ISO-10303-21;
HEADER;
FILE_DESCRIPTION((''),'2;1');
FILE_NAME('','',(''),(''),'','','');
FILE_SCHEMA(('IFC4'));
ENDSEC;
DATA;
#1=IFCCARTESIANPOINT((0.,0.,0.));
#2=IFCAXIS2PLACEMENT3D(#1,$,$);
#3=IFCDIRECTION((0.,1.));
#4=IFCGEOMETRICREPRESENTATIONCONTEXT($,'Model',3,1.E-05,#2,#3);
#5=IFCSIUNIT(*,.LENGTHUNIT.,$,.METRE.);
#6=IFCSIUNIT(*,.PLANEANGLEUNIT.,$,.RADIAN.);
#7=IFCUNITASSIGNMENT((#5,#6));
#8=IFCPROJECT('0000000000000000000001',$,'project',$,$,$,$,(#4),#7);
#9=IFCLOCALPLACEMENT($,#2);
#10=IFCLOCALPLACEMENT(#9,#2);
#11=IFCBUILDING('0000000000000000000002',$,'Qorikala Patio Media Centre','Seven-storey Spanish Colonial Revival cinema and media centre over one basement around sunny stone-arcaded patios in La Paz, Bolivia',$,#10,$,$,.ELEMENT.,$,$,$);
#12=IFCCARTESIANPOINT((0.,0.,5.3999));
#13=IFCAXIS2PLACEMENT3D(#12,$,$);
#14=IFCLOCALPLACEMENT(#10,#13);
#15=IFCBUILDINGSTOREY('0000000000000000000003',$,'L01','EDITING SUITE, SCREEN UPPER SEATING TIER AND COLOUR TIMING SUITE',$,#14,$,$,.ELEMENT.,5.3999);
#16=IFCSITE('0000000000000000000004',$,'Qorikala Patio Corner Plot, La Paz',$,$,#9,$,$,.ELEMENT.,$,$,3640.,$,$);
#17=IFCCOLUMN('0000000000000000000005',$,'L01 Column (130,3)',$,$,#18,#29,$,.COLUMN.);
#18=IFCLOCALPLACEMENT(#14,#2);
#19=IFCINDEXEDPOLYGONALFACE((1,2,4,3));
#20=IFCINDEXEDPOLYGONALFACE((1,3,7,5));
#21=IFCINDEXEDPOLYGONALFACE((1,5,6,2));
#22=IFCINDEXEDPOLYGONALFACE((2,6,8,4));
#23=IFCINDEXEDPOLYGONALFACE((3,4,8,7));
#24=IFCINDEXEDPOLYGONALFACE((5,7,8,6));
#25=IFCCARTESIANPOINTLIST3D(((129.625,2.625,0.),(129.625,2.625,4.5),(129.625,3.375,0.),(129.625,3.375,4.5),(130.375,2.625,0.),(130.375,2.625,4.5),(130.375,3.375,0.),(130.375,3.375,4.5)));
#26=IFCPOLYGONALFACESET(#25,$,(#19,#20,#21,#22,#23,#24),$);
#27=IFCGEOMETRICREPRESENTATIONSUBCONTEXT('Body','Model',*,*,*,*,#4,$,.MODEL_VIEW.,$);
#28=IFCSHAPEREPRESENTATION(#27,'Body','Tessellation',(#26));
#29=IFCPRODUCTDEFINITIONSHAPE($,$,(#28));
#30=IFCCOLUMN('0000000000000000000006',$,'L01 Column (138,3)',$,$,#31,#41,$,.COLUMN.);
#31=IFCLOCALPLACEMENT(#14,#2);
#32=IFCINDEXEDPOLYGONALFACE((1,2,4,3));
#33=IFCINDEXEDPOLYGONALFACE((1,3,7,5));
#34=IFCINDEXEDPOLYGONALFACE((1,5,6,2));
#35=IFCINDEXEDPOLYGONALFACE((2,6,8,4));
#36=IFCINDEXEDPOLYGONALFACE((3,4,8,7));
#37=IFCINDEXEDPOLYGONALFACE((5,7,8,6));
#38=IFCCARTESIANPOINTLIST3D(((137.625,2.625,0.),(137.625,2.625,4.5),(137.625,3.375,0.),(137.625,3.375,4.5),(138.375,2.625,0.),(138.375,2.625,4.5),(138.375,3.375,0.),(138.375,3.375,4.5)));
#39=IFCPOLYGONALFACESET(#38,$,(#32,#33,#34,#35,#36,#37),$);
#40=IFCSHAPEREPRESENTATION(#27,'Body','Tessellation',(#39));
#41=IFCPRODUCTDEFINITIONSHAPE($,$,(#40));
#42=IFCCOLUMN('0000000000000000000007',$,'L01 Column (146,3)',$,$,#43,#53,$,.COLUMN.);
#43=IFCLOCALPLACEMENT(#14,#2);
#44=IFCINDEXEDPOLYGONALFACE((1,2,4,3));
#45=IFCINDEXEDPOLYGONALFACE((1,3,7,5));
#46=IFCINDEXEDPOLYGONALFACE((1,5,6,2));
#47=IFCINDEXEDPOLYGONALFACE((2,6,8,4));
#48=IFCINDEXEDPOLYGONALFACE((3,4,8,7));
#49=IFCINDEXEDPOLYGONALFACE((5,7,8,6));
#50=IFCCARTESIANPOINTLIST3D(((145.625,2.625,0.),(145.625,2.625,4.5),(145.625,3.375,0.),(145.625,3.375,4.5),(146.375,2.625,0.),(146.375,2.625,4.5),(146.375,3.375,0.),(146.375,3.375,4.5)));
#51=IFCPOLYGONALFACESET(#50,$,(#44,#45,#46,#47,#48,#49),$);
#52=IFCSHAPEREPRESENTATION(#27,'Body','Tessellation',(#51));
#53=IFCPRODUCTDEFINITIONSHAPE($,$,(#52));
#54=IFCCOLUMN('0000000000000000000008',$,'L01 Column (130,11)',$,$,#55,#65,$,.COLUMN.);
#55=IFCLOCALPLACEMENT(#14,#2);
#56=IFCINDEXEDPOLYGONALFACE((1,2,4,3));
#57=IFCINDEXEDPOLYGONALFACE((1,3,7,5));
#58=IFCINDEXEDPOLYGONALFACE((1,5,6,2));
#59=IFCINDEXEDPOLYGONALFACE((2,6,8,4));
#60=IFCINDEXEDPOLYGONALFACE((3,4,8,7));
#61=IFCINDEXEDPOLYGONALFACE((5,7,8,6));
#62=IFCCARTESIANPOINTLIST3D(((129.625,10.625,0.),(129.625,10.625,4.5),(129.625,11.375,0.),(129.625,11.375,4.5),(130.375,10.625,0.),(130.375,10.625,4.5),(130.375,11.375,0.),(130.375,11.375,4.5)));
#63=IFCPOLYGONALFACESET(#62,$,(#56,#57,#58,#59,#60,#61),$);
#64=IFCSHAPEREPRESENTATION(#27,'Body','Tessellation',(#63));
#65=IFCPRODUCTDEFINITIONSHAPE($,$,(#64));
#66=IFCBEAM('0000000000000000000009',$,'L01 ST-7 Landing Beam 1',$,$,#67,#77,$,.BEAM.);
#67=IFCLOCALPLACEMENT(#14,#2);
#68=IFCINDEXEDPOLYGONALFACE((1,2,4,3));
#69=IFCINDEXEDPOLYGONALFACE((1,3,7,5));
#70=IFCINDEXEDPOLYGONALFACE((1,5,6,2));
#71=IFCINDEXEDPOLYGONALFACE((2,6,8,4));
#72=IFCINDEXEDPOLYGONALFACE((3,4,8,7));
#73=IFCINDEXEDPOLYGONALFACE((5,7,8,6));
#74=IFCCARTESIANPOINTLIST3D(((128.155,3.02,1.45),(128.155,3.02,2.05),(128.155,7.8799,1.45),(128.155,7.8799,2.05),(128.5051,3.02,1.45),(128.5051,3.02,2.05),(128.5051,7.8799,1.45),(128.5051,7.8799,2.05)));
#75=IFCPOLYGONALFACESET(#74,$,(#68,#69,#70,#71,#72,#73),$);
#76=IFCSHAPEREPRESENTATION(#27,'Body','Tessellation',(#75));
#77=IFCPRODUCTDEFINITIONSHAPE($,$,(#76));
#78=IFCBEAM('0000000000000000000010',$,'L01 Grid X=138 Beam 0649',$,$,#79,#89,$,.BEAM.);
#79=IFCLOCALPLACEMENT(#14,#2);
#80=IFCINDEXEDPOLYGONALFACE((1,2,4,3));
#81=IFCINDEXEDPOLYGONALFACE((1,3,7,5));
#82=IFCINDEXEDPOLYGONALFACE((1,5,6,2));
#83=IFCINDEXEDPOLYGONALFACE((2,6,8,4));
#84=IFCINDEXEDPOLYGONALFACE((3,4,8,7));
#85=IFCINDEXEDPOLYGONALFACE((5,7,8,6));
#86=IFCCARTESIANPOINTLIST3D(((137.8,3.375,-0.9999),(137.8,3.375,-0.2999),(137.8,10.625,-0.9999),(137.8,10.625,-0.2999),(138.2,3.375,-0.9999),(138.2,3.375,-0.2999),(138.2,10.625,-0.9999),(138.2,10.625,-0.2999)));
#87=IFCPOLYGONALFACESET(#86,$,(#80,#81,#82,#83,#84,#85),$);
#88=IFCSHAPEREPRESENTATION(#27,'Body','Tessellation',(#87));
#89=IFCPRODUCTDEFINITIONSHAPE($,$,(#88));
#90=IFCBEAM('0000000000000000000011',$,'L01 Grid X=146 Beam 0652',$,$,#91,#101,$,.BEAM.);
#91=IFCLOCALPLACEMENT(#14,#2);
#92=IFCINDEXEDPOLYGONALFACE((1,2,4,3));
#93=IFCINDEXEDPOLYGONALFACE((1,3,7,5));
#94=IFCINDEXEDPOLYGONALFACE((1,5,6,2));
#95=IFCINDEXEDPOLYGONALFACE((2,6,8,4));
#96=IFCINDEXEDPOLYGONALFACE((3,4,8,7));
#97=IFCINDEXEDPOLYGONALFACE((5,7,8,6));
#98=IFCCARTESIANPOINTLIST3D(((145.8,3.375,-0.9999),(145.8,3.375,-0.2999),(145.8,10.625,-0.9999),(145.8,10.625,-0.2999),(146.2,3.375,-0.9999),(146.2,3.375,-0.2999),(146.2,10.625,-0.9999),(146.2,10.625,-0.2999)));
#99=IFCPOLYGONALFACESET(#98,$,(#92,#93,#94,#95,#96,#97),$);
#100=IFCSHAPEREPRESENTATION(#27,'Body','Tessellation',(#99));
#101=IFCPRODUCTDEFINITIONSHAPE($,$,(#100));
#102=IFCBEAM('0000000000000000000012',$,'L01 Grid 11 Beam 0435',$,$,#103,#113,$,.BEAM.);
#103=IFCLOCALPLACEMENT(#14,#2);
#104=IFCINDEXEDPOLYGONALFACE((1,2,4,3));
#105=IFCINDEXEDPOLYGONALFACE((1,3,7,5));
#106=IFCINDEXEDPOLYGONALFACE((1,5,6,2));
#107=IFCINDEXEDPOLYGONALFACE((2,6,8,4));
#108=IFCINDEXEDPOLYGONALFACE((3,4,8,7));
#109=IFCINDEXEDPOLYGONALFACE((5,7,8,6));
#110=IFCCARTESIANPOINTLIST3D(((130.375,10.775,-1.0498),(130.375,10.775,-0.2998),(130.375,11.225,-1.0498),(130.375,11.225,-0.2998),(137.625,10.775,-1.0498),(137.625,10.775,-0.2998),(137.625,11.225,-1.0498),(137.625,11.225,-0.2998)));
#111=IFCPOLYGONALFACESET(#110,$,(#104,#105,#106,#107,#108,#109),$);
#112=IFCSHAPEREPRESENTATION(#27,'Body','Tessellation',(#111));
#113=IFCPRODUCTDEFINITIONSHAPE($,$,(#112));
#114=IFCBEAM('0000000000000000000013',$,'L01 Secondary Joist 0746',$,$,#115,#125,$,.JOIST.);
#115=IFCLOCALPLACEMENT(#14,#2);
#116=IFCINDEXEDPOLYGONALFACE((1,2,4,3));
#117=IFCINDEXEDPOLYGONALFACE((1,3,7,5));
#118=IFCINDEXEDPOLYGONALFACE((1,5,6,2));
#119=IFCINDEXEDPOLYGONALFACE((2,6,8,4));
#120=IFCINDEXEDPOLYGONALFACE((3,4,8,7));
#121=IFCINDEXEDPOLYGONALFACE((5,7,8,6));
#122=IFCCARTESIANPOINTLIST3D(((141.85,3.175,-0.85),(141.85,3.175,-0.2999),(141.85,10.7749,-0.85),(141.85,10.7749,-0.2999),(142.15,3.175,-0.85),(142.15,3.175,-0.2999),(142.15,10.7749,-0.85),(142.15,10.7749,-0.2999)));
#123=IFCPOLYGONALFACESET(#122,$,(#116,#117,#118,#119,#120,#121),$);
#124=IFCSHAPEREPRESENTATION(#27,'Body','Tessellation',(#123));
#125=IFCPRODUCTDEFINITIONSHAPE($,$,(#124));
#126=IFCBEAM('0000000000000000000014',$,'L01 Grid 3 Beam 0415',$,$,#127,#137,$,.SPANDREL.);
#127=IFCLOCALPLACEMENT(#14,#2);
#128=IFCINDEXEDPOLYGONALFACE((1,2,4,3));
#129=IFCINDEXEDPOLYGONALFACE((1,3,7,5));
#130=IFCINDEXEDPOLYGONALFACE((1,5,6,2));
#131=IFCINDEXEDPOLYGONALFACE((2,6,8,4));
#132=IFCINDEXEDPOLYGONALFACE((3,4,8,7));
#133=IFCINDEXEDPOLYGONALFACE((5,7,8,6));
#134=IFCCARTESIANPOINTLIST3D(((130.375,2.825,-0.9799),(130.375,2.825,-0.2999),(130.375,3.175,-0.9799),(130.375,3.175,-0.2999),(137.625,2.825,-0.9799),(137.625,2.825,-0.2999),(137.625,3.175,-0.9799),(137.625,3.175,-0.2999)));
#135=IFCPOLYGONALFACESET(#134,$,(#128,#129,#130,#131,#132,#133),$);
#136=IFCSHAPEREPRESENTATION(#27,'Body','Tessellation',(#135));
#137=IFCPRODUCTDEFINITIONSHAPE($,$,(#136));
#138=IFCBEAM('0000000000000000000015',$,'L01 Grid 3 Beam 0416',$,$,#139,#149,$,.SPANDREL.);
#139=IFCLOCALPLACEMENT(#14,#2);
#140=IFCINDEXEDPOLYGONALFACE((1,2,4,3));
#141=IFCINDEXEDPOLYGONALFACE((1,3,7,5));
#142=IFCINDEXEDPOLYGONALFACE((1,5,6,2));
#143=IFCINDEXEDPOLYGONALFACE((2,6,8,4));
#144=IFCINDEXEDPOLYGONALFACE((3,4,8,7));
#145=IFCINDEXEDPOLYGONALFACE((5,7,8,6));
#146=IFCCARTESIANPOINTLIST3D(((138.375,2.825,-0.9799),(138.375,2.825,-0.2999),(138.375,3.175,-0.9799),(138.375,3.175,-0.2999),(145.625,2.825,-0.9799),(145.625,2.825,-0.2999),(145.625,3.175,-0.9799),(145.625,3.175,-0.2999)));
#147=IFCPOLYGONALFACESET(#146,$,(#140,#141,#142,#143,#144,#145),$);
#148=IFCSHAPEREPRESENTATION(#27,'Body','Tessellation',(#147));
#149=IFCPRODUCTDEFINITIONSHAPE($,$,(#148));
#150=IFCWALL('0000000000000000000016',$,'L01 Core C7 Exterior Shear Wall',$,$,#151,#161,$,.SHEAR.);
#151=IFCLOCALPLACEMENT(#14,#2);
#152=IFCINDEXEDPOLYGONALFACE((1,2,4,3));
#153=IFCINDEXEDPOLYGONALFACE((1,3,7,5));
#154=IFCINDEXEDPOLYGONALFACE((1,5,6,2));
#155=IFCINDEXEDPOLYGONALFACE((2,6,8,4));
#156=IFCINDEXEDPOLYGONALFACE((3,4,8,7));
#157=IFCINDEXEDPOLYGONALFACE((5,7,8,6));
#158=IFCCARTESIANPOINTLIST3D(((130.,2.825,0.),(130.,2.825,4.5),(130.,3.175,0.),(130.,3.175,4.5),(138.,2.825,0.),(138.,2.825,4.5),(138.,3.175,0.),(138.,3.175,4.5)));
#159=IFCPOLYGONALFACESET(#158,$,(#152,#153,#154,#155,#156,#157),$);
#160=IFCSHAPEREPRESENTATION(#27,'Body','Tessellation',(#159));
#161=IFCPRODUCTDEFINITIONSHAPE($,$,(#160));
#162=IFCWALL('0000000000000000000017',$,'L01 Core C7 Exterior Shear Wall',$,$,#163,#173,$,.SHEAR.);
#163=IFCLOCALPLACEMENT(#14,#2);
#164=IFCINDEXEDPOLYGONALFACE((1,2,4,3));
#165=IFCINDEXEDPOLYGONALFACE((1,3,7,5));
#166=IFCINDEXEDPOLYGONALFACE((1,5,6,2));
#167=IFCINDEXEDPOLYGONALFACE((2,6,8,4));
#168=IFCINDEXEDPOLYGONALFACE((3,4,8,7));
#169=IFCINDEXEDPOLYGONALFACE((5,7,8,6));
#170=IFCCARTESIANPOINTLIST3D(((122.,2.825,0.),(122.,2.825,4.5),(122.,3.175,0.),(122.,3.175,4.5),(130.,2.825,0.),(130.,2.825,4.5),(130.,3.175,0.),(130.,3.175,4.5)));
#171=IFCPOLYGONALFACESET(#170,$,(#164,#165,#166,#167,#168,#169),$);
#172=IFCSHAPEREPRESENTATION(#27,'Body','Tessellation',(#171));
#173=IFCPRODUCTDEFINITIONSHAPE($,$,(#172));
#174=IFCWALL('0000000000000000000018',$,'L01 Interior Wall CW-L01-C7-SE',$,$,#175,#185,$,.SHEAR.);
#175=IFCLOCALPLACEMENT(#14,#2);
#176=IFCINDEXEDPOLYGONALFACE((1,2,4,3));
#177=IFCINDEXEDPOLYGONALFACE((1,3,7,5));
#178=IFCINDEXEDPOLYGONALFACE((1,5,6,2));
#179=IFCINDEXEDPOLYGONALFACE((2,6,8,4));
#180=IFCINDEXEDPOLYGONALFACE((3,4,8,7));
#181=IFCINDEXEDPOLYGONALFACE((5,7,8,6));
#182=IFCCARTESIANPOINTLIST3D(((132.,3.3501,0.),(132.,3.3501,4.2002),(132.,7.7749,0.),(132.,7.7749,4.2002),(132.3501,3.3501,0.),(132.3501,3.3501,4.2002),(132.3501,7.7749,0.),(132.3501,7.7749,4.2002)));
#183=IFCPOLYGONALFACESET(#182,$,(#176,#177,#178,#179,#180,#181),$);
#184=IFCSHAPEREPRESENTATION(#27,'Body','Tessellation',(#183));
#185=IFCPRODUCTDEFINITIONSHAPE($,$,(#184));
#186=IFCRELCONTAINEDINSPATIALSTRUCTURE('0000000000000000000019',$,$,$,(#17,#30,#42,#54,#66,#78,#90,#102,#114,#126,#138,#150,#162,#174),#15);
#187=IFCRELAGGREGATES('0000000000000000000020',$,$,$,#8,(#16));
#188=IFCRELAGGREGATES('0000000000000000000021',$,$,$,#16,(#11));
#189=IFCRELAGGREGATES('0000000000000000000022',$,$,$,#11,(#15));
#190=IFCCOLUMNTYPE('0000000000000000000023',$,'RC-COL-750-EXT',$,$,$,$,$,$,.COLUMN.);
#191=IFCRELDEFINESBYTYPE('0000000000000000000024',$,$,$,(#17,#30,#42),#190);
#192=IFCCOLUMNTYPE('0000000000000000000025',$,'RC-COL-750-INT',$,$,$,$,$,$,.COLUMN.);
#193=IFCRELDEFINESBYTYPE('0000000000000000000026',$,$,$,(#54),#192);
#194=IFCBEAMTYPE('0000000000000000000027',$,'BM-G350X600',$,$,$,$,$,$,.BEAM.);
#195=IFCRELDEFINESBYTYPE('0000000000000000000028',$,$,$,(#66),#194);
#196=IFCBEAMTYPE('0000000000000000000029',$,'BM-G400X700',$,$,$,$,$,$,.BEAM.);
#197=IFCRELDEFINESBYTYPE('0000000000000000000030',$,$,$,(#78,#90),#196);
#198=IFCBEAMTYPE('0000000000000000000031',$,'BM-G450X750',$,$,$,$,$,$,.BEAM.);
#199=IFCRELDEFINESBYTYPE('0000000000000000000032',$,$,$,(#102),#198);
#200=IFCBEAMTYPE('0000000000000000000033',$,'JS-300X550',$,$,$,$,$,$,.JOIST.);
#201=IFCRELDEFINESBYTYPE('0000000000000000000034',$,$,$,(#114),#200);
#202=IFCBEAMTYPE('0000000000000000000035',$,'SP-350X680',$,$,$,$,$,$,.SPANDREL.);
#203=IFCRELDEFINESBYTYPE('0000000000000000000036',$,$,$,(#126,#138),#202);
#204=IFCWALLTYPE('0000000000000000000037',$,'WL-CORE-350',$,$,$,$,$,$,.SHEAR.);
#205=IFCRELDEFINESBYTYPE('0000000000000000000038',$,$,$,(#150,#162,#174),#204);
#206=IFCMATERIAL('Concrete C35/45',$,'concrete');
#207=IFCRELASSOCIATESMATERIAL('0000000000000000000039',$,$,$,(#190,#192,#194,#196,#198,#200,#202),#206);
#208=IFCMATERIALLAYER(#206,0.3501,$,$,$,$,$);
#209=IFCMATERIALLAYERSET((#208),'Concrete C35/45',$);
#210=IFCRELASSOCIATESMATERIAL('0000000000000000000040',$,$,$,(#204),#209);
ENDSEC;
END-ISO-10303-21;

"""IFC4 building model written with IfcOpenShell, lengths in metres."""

from ifc_helpers import new_model, si_unit, direction, frame, frame_2d, origin, origin_2d, place, context, subcontext, project, spatial, rectangle, extrude, material, layer, layer_set, material_profile, profile_set, type_object, element, save


model = new_model("IFC4")

# Units and contexts
model_context = context("Model", 3, precision=1e-05, world=origin(), true_north=direction((0.0, 1.0)))
body_context = subcontext(model_context, "Body", "Model", "MODEL_VIEW")
ifc_project = project(units=[si_unit("LENGTHUNIT", "METRE"), si_unit("PLANEANGLEUNIT", "RADIAN")], contexts=[model_context])

# Site, building, storey
site_placement = place(None, origin())
site = spatial("IfcSite", under=ifc_project, at=site_placement, Name="Qorikala Patio Corner Plot, La Paz", CompositionType="ELEMENT", RefElevation=3640.0)
building_placement = place(site_placement, origin())
building = spatial("IfcBuilding", under=site, at=building_placement, Name="Qorikala Patio Media Centre", Description="Seven-storey Spanish Colonial Revival cinema and media centre over one basement around sunny stone-arcaded patios in La Paz, Bolivia", CompositionType="ELEMENT")
storey_placement = place(building_placement, frame((0.0, 0.0, 5.3999)))
storey = spatial("IfcBuildingStorey", under=building, at=storey_placement, Name="L01", Description="EDITING SUITE, SCREEN UPPER SEATING TIER AND COLOUR TIMING SUITE", CompositionType="ELEMENT", Elevation=5.3999)

# Columns
ifc_material_1 = material(Name="Concrete C35/45", Category="concrete")
ifc_material_profile_1 = material_profile(ifc_material_1, rectangle(XDim=0.75, YDim=0.75, at=origin_2d()), Name="RC 750x750")
ifc_profile_set_1 = profile_set([ifc_material_profile_1], Name="Concrete C35/45")
column_type_1 = type_object("IfcColumnType", Name="RC-COL-750-EXT", PredefinedType="COLUMN", material=ifc_profile_set_1)
for number, where, z_axis, x_axis, name in (
    (1, (130.0, 3.0, 0.0), (0.0, 0.0, 1.0), (1.0, 0.0, 0.0), "L01 Column (130,3)"),
    (2, (138.0, 3.0, 0.0), (0.0, 0.0, 1.0), (1.0, 0.0, 0.0), "L01 Column (138,3)"),
    (3, (146.0, 3.0, 0.0), (0.0, 0.0, 1.0), (1.0, 0.0, 0.0), "L01 Column (146,3)"),
):
    element("IfcColumn", number, at=place(storey_placement, frame(where, z_axis=z_axis, x_axis=x_axis)), inside=storey, type_object=column_type_1, Name=name, PredefinedType="COLUMN", context=body_context, shape_type="SweptSolid", body=[
        extrude(rectangle(XDim=0.75, YDim=0.75, at=origin_2d()), origin(), (0.0, 0.0, 1.0), 4.5),
    ])
ifc_material_profile_2 = material_profile(ifc_material_1, rectangle(XDim=0.75, YDim=0.75, at=origin_2d()), Name="RC 750x750")
ifc_profile_set_2 = profile_set([ifc_material_profile_2], Name="Concrete C35/45")
column_type_2 = type_object("IfcColumnType", Name="RC-COL-750-INT", PredefinedType="COLUMN", material=ifc_profile_set_2)
column_placement = place(storey_placement, frame((130.0, 11.0, 0.0), z_axis=(0.0, 0.0, 1.0), x_axis=(1.0, 0.0, 0.0)))
element("IfcColumn", 4, at=column_placement, inside=storey, type_object=column_type_2, Name="L01 Column (130,11)", PredefinedType="COLUMN", context=body_context, shape_type="SweptSolid", body=[
    extrude(rectangle(XDim=0.75, YDim=0.75, at=origin_2d()), origin(), (0.0, 0.0, 1.0), 4.5),
])

# Beams
ifc_material_profile_3 = material_profile(ifc_material_1, rectangle(XDim=0.3501, YDim=0.6001, at=origin_2d()), Name="RC 350x600")
ifc_profile_set_3 = profile_set([ifc_material_profile_3], Name="Concrete C35/45")
beam_type_1 = type_object("IfcBeamType", Name="BM-G350X600", PredefinedType="BEAM", material=ifc_profile_set_3)
beam_1_placement = place(storey_placement, frame((128.3301, 3.02, 1.75), z_axis=(0.0, 1.0, 0.0), x_axis=(-1.0, 0.0, 0.0)))
element("IfcBeam", 5, at=beam_1_placement, inside=storey, type_object=beam_type_1, Name="L01 ST-7 Landing Beam 1", PredefinedType="BEAM", context=body_context, shape_type="SweptSolid", body=[
    extrude(rectangle(XDim=0.3501, YDim=0.6001, at=origin_2d()), origin(), (0.0, 0.0, 1.0), 4.8599),
])
ifc_material_profile_4 = material_profile(ifc_material_1, rectangle(XDim=0.3999, YDim=0.7, at=origin_2d()), Name="RC 400x700")
ifc_profile_set_4 = profile_set([ifc_material_profile_4], Name="Concrete C35/45")
beam_type_2 = type_object("IfcBeamType", Name="BM-G400X700", PredefinedType="BEAM", material=ifc_profile_set_4)
for number, where, z_axis, x_axis, name in (
    (6, (138.0, 3.375, -0.6499), (0.0, 1.0, 0.0), (-1.0, 0.0, 0.0), "L01 Grid X=138 Beam 0649"),
    (7, (146.0, 3.375, -0.6499), (0.0, 1.0, 0.0), (-1.0, 0.0, 0.0), "L01 Grid X=146 Beam 0652"),
):
    element("IfcBeam", number, at=place(storey_placement, frame(where, z_axis=z_axis, x_axis=x_axis)), inside=storey, type_object=beam_type_2, Name=name, PredefinedType="BEAM", context=body_context, shape_type="SweptSolid", body=[
        extrude(rectangle(XDim=0.3999, YDim=0.7, at=origin_2d()), origin(), (0.0, 0.0, 1.0), 7.25),
    ])
ifc_material_profile_5 = material_profile(ifc_material_1, rectangle(XDim=0.45, YDim=0.75, at=origin_2d()), Name="RC 450x750")
ifc_profile_set_5 = profile_set([ifc_material_profile_5], Name="Concrete C35/45")
beam_type_3 = type_object("IfcBeamType", Name="BM-G450X750", PredefinedType="BEAM", material=ifc_profile_set_5)
beam_2_placement = place(storey_placement, frame((130.375, 11.0, -0.6748), z_axis=(1.0, 0.0, 0.0), x_axis=(0.0, 1.0, 0.0)))
element("IfcBeam", 8, at=beam_2_placement, inside=storey, type_object=beam_type_3, Name="L01 Grid 11 Beam 0435", PredefinedType="BEAM", context=body_context, shape_type="SweptSolid", body=[
    extrude(rectangle(XDim=0.45, YDim=0.75, at=origin_2d()), origin(), (0.0, 0.0, 1.0), 7.25),
])
ifc_material_profile_6 = material_profile(ifc_material_1, rectangle(XDim=0.3, YDim=0.55, at=origin_2d()), Name="RC 300x550")
ifc_profile_set_6 = profile_set([ifc_material_profile_6], Name="Concrete C35/45")
beam_type_4 = type_object("IfcBeamType", Name="JS-300X550", PredefinedType="JOIST", material=ifc_profile_set_6)
beam_3_placement = place(storey_placement, frame((142.0, 3.175, -0.575), z_axis=(0.0, 1.0, 0.0), x_axis=(-1.0, 0.0, 0.0)))
element("IfcBeam", 9, at=beam_3_placement, inside=storey, type_object=beam_type_4, Name="L01 Secondary Joist 0746", PredefinedType="JOIST", context=body_context, shape_type="SweptSolid", body=[
    extrude(rectangle(XDim=0.3, YDim=0.55, at=origin_2d()), origin(), (0.0, 0.0, 1.0), 7.5999),
])
ifc_material_profile_7 = material_profile(ifc_material_1, rectangle(XDim=0.3501, YDim=0.6799, at=origin_2d()), Name="RC 350x680")
ifc_profile_set_7 = profile_set([ifc_material_profile_7], Name="Concrete C35/45")
beam_type_5 = type_object("IfcBeamType", Name="SP-350X680", PredefinedType="SPANDREL", material=ifc_profile_set_7)
for number, where, z_axis, x_axis, name in (
    (10, (130.375, 3.0, -0.6399), (1.0, 0.0, 0.0), (0.0, 1.0, 0.0), "L01 Grid 3 Beam 0415"),
    (11, (138.375, 3.0, -0.6399), (1.0, 0.0, 0.0), (0.0, 1.0, 0.0), "L01 Grid 3 Beam 0416"),
):
    element("IfcBeam", number, at=place(storey_placement, frame(where, z_axis=z_axis, x_axis=x_axis)), inside=storey, type_object=beam_type_5, Name=name, PredefinedType="SPANDREL", context=body_context, shape_type="SweptSolid", body=[
        extrude(rectangle(XDim=0.3501, YDim=0.6799, at=origin_2d()), origin(), (0.0, 0.0, 1.0), 7.25),
    ])

# Walls
ifc_layer_1 = layer(ifc_material_1, 0.3501)
ifc_layer_set_1 = layer_set([ifc_layer_1], Name="Concrete C35/45")
wall_type_1 = type_object("IfcWallType", Name="WL-CORE-350", PredefinedType="SHEAR", material=ifc_layer_set_1)
for number, where, z_axis, x_axis, name in (
    (12, (138.0, 3.0, 0.0), (0.0, 0.0, 1.0), (-1.0, 0.0, 0.0), "L01 Core C7 Exterior Shear Wall"),
    (13, (130.0, 3.0, 0.0), (0.0, 0.0, 1.0), (-1.0, 0.0, 0.0), "L01 Core C7 Exterior Shear Wall"),
):
    element("IfcWall", number, at=place(storey_placement, frame(where, z_axis=z_axis, x_axis=x_axis)), inside=storey, type_object=wall_type_1, Name=name, PredefinedType="SHEAR", context=body_context, shape_type="SweptSolid", body=[
        extrude(rectangle(XDim=8.0, YDim=0.3501, at=frame_2d((4.0, 0.0))), origin(), (0.0, 0.0, 1.0), 4.5),
    ])
wall_1_placement = place(storey_placement, frame((132.175, 3.3501, 0.0), z_axis=(0.0, 0.0, 1.0), x_axis=(0.0, 1.0, 0.0)))
element("IfcWall", 14, at=wall_1_placement, inside=storey, type_object=wall_type_1, Name="L01 Interior Wall CW-L01-C7-SE", PredefinedType="SHEAR", context=body_context, shape_type="SweptSolid", body=[
    extrude(rectangle(XDim=4.4248, YDim=0.3501, at=frame_2d((2.2124, 0.0))), origin(), (0.0, 0.0, 1.0), 4.2002),
])

save(model, "model.ifc")
